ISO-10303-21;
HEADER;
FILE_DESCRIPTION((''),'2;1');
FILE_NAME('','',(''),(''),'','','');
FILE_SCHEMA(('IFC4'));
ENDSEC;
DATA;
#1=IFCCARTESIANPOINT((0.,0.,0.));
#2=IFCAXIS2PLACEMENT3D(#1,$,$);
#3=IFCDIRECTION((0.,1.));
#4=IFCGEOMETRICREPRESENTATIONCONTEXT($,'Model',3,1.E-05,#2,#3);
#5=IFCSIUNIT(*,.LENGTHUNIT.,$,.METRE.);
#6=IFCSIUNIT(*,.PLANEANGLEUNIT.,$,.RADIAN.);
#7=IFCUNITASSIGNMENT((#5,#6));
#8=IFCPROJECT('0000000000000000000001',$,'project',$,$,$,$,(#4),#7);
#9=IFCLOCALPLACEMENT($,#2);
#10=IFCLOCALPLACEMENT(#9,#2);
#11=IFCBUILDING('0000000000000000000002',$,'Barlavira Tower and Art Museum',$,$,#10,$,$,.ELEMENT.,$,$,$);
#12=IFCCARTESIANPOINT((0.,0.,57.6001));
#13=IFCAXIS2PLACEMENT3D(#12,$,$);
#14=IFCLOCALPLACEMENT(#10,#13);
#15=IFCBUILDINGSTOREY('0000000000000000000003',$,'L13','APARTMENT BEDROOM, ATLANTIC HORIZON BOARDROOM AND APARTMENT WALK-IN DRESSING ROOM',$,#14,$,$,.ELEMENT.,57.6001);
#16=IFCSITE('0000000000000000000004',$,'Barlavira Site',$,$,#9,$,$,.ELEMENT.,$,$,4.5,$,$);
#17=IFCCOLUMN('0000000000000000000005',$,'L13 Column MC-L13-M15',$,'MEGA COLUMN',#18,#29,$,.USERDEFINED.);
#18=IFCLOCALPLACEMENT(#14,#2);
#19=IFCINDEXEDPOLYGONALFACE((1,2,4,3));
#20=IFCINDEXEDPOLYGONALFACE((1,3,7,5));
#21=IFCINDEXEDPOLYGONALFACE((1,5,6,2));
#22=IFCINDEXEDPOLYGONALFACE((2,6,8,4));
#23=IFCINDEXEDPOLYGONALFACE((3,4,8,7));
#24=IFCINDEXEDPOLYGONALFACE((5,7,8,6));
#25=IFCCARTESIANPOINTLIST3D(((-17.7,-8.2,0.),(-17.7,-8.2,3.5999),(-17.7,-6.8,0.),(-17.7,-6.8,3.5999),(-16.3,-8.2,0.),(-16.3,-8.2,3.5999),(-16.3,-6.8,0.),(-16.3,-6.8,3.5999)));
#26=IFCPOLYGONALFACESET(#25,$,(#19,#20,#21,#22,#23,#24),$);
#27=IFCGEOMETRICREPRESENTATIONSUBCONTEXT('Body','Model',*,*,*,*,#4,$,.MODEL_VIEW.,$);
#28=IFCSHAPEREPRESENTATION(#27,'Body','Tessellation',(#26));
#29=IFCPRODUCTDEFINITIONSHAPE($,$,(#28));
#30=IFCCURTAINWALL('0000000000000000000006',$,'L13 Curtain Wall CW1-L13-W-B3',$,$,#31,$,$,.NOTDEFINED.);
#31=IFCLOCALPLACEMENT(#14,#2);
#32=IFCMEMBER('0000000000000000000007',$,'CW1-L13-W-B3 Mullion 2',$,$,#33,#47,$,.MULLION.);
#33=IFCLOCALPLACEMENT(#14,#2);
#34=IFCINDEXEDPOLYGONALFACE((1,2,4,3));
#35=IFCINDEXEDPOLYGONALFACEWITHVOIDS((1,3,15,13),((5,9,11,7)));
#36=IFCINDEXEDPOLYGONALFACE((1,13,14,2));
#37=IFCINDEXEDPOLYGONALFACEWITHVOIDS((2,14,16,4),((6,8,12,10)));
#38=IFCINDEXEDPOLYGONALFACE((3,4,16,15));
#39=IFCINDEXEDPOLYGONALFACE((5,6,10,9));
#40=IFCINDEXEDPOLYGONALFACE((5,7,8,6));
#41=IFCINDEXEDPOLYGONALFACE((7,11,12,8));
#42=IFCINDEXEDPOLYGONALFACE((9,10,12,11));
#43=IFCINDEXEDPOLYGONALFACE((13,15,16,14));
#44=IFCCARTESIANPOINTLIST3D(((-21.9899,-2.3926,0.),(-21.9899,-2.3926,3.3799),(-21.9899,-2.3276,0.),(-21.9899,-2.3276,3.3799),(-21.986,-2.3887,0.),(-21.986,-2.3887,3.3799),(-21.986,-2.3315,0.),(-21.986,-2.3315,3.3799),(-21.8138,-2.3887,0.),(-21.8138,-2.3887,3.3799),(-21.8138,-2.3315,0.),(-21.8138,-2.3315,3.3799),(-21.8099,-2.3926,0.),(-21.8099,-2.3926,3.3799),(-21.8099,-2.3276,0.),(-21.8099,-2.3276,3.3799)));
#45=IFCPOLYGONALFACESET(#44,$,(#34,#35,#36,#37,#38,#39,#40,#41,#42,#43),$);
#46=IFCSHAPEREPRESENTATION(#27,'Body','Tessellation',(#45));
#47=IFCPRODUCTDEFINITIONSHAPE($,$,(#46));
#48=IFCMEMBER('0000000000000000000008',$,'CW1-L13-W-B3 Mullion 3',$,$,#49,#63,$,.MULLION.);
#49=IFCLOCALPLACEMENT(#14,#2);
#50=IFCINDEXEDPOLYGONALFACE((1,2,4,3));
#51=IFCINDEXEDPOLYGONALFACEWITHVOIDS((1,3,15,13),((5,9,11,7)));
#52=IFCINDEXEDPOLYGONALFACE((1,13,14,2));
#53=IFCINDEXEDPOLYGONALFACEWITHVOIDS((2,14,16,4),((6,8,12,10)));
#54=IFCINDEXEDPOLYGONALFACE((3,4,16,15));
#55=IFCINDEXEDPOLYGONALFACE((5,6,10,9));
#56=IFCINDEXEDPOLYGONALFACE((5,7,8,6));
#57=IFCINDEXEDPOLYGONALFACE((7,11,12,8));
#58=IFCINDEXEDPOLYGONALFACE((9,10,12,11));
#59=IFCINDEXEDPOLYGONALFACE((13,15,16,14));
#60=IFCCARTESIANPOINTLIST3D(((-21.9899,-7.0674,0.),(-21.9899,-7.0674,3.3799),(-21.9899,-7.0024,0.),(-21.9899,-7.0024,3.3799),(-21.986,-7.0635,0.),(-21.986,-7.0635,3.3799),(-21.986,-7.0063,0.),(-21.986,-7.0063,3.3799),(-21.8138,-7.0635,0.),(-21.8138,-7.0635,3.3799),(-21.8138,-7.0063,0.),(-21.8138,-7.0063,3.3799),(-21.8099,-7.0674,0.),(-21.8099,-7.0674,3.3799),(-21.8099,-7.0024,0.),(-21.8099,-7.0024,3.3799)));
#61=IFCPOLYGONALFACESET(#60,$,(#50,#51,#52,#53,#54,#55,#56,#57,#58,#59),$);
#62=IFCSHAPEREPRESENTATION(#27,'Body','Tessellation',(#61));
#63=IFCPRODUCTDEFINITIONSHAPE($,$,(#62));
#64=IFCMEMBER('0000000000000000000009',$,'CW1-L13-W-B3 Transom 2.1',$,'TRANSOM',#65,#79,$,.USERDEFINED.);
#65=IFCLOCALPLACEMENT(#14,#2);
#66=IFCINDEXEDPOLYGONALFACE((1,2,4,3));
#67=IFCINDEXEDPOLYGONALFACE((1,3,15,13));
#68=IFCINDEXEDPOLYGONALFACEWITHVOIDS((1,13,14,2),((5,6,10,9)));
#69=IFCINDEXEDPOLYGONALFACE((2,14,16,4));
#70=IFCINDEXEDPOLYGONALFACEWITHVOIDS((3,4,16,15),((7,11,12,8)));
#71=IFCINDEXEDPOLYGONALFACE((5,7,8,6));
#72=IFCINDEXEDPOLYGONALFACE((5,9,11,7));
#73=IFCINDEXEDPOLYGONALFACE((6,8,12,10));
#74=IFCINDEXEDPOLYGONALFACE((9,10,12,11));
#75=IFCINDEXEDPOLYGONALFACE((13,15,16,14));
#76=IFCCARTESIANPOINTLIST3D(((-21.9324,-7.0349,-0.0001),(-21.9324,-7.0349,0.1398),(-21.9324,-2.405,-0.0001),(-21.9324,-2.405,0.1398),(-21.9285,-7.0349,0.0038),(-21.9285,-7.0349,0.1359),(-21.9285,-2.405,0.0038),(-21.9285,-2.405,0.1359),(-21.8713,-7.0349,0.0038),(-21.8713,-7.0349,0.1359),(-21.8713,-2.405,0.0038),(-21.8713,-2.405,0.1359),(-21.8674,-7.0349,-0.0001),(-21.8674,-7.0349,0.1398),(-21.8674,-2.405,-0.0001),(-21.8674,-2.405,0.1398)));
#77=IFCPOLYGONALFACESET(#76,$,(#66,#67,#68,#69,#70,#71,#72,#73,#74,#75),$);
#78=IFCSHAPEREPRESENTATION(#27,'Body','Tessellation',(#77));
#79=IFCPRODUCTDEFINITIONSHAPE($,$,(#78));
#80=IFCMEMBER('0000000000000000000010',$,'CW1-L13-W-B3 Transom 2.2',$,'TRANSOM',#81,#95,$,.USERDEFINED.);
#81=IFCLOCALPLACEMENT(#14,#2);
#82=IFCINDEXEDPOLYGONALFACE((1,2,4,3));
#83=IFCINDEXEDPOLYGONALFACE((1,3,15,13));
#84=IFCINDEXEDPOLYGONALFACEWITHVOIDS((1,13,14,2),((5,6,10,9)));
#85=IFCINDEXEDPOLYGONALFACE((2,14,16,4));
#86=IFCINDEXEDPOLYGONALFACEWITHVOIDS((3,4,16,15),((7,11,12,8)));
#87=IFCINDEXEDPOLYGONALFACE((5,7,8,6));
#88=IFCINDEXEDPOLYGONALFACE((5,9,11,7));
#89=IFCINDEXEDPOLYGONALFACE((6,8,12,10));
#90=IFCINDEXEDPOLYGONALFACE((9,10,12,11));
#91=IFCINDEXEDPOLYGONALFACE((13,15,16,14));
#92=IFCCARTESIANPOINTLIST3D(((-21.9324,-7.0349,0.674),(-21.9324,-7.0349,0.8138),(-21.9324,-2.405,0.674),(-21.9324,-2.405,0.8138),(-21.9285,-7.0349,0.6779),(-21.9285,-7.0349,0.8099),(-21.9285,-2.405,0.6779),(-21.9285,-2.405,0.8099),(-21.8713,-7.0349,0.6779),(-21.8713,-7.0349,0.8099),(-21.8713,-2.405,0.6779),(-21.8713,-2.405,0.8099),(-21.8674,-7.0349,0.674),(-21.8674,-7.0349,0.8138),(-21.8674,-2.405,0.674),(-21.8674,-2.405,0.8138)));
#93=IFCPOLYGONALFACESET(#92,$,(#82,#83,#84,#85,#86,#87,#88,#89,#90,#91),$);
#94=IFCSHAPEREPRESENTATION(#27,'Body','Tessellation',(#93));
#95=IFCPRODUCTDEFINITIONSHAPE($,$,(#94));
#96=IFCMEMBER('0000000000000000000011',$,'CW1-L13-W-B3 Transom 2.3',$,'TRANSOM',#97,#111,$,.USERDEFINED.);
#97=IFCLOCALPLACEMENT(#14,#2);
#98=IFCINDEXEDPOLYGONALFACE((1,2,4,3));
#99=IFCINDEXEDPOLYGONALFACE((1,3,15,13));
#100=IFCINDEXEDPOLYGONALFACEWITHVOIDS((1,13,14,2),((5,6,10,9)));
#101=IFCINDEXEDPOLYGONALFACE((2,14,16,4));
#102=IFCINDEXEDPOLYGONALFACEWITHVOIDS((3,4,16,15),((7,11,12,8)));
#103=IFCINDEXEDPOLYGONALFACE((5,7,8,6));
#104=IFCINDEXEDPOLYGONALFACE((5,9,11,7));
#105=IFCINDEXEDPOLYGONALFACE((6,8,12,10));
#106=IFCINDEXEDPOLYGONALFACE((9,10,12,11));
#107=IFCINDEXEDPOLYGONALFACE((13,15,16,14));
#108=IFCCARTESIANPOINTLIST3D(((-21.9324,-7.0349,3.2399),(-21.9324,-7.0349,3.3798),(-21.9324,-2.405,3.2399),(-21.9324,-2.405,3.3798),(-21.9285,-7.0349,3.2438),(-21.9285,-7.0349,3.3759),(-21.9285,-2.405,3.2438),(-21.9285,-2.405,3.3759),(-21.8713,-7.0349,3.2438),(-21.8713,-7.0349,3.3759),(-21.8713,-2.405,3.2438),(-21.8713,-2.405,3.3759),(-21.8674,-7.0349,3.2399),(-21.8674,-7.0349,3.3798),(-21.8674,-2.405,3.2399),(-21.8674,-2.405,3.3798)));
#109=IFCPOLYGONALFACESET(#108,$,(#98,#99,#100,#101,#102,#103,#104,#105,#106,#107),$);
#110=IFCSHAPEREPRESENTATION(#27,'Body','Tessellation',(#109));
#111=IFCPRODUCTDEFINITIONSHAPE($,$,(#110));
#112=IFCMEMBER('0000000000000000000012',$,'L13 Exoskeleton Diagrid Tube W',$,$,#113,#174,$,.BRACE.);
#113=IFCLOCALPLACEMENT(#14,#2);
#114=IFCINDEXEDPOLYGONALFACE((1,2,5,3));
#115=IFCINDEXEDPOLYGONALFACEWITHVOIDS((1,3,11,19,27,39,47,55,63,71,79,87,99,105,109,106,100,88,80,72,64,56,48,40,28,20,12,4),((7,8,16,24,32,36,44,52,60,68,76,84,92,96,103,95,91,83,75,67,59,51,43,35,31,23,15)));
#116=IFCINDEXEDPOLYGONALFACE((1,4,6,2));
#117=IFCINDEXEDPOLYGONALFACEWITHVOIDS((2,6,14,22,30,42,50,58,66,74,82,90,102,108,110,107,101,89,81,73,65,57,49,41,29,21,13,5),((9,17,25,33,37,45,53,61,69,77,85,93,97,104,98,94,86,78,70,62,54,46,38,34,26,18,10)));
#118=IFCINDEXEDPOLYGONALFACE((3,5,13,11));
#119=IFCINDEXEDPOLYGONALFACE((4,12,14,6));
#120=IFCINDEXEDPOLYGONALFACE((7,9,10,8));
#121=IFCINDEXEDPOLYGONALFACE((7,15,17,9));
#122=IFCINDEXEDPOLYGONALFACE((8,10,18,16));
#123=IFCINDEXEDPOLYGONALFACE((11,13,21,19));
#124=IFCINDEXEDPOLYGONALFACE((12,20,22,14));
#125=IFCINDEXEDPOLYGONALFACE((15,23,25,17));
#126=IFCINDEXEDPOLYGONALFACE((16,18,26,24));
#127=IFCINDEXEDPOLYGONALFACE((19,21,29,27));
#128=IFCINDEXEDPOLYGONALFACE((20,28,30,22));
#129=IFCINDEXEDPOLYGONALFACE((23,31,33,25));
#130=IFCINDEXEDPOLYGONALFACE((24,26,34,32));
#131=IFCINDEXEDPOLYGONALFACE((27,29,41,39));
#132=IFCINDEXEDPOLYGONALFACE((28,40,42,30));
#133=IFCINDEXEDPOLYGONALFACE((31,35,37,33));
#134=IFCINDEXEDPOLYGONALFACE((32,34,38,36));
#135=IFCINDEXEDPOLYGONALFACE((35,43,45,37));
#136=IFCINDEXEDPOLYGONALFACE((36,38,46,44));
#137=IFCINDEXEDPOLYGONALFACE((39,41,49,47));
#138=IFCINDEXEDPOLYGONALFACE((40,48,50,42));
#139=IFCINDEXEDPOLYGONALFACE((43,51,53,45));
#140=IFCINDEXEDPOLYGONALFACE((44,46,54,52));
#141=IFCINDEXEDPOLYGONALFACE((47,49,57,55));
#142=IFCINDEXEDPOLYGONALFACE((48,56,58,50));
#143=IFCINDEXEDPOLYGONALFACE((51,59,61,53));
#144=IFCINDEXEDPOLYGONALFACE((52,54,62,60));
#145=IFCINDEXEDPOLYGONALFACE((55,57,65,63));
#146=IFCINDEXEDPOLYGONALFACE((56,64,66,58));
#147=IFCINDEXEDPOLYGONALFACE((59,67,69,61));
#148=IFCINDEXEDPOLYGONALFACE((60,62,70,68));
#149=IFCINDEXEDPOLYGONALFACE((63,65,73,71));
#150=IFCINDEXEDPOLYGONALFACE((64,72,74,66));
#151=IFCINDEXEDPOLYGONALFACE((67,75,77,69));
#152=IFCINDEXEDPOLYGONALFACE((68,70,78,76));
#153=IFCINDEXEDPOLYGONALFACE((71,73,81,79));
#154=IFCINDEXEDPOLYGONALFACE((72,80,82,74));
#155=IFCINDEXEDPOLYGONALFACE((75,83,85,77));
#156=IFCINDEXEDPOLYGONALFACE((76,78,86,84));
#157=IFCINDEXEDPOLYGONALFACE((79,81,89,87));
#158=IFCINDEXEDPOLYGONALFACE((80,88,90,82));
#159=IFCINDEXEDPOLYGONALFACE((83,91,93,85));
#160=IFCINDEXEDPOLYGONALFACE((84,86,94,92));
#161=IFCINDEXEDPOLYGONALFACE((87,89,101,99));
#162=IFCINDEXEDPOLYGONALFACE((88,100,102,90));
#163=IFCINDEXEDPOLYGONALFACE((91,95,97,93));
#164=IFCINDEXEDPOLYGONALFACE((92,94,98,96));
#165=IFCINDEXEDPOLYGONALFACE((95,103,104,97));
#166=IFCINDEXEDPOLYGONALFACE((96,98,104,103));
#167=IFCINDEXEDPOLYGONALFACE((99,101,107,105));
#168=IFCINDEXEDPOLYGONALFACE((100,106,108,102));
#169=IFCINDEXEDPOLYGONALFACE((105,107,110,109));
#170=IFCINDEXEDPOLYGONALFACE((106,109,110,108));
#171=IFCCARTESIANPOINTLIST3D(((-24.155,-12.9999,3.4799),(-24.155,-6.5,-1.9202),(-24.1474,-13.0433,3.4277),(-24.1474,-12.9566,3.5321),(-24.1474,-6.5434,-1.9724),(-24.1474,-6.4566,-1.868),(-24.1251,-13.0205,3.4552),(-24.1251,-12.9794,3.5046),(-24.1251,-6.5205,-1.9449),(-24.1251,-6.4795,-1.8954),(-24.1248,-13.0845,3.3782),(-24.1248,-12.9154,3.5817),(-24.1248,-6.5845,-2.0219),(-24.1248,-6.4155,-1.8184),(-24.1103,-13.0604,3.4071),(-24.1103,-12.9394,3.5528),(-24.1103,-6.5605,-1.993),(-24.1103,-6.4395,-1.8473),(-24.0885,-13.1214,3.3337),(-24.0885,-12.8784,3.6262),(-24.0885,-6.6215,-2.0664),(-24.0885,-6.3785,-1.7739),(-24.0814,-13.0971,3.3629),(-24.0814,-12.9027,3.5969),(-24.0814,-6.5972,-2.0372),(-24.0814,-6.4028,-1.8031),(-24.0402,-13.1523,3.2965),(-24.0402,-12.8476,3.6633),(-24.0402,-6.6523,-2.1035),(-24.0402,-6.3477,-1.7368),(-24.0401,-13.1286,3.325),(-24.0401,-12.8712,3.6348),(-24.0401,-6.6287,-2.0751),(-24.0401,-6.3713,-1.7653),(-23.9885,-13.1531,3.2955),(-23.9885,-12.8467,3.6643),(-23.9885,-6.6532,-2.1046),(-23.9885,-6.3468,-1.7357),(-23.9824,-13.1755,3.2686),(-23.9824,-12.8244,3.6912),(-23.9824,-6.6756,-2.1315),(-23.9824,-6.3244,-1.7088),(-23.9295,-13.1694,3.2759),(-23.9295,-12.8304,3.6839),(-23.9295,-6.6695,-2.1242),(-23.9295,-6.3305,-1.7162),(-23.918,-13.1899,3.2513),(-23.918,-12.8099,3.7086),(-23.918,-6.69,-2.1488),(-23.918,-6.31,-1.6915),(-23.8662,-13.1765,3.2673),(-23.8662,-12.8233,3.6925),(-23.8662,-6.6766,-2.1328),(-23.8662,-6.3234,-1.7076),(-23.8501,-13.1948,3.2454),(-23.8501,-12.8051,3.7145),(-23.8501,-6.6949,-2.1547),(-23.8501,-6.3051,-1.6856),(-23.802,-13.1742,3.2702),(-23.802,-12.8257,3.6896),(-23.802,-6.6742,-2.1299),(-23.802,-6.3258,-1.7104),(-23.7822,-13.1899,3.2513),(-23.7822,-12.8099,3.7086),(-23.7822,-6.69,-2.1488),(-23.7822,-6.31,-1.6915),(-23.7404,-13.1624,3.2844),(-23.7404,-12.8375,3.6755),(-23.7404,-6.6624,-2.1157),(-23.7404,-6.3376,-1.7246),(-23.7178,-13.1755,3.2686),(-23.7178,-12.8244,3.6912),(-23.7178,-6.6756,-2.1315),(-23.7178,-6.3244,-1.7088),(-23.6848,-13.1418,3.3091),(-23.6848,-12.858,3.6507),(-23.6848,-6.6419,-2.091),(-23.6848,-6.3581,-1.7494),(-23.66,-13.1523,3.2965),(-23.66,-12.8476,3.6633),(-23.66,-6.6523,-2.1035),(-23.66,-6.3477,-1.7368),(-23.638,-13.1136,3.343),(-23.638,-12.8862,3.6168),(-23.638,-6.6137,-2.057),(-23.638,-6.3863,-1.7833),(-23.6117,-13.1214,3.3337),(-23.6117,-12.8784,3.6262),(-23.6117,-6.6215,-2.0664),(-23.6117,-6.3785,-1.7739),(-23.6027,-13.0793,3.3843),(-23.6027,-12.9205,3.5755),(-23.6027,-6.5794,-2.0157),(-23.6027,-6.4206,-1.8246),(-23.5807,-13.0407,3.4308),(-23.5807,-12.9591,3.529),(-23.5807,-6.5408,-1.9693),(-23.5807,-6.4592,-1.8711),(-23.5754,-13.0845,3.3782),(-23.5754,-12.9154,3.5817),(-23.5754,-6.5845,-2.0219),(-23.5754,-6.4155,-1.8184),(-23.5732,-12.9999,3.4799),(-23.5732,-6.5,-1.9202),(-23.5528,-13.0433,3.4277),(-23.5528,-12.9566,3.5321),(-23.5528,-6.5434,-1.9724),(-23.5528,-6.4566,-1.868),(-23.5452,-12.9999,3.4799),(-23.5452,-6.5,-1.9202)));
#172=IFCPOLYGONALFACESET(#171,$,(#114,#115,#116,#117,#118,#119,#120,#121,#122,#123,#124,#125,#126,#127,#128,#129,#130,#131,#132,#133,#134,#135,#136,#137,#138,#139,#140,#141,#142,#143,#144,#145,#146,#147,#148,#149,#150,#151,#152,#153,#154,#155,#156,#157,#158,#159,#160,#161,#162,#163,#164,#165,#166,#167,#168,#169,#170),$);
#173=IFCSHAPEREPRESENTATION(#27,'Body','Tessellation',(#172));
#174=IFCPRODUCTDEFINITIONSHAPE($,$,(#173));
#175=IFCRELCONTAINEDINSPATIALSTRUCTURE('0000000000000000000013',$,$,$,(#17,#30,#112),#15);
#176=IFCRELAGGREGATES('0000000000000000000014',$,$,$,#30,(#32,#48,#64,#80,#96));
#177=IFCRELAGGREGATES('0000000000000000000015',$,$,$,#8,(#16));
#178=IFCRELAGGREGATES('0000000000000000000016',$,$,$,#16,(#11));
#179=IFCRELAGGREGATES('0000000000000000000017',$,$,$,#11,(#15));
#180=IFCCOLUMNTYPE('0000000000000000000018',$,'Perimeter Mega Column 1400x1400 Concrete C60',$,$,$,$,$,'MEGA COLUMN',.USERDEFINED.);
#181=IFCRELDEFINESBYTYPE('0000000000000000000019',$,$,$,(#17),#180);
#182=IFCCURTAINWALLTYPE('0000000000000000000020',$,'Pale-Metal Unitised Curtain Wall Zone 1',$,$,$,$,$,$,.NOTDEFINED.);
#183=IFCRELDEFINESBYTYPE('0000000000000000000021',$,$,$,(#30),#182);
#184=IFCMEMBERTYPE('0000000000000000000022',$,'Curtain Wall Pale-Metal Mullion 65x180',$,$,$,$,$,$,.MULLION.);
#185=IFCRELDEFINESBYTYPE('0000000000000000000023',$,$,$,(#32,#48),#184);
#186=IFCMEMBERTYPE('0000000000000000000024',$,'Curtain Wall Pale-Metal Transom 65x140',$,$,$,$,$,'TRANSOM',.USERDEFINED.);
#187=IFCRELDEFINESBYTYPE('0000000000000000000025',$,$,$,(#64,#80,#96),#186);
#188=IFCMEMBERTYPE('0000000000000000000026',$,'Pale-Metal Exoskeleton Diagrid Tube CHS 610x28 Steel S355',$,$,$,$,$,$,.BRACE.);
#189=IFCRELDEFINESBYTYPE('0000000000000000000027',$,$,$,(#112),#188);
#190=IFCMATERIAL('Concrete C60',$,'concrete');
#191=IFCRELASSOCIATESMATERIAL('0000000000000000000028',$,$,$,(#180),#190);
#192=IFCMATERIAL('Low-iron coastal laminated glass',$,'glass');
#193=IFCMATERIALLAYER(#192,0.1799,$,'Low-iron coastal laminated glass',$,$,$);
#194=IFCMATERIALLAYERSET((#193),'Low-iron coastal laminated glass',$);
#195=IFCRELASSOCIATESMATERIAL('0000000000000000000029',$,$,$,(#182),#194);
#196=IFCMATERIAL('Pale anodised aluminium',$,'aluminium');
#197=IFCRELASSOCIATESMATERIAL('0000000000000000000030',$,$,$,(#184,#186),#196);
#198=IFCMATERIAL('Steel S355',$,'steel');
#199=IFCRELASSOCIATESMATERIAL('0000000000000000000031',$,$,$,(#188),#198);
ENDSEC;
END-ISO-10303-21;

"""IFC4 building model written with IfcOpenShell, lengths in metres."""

from ifc_helpers import new_model, si_unit, direction, frame, origin, origin_2d, place, context, subcontext, project, spatial, rectangle, hollow_rectangle, hollow_circle, extrude, material, layer, layer_set, material_profile, profile_set, type_object, element, aggregate, save


model = new_model("IFC4")

# Units and contexts
model_context = context("Model", 3, precision=1e-05, world=origin(), true_north=direction((0.0, 1.0)))
body_context = subcontext(model_context, "Body", "Model", "MODEL_VIEW")
ifc_project = project(units=[si_unit("LENGTHUNIT", "METRE"), si_unit("PLANEANGLEUNIT", "RADIAN")], contexts=[model_context])

# Site, building, storey
site_placement = place(None, origin())
site = spatial("IfcSite", under=ifc_project, at=site_placement, Name="Barlavira Site", CompositionType="ELEMENT", RefElevation=4.5)
building_placement = place(site_placement, origin())
building = spatial("IfcBuilding", under=site, at=building_placement, Name="Barlavira Tower and Art Museum", CompositionType="ELEMENT")
storey_placement = place(building_placement, frame((0.0, 0.0, 57.6001)))
storey = spatial("IfcBuildingStorey", under=building, at=storey_placement, Name="L13", Description="APARTMENT BEDROOM, ATLANTIC HORIZON BOARDROOM AND APARTMENT WALK-IN DRESSING ROOM", CompositionType="ELEMENT", Elevation=57.6001)

# Column
ifc_material_1 = material(Name="Concrete C60", Category="concrete")
ifc_material_profile_1 = material_profile(ifc_material_1, rectangle(XDim=1.3999, YDim=1.3999, at=origin_2d()), Name="RC-MCOL 1400x1400")
ifc_profile_set_1 = profile_set([ifc_material_profile_1], Name="Concrete C60")
column_type = type_object("IfcColumnType", Name="Perimeter Mega Column 1400x1400 Concrete C60", ElementType="MEGA COLUMN", PredefinedType="USERDEFINED", material=ifc_profile_set_1)
column_placement = place(storey_placement, frame((-17.0, -7.5, 0.0), z_axis=(0.0, 0.0, 1.0), x_axis=(1.0, 0.0, 0.0)))
element("IfcColumn", 1, at=column_placement, inside=storey, type_object=column_type, Name="L13 Column MC-L13-M15", ObjectType="MEGA COLUMN", PredefinedType="USERDEFINED", context=body_context, shape_type="SweptSolid", body=[
    extrude(rectangle(XDim=1.3999, YDim=1.3999, at=origin_2d()), origin(), (0.0, 0.0, 1.0), 3.5999),
])

# Curtain wall, members
ifc_material_2 = material(Name="Low-iron coastal laminated glass", Category="glass")
ifc_layer_1 = layer(ifc_material_2, 0.1799, Name="Low-iron coastal laminated glass")
ifc_layer_set_1 = layer_set([ifc_layer_1], Name="Low-iron coastal laminated glass")
curtain_wall_type = type_object("IfcCurtainWallType", Name="Pale-Metal Unitised Curtain Wall Zone 1", PredefinedType="NOTDEFINED", material=ifc_layer_set_1)
curtain_wall_placement = place(storey_placement, origin())
curtain_wall = element("IfcCurtainWall", 2, at=curtain_wall_placement, inside=storey, type_object=curtain_wall_type, Name="L13 Curtain Wall CW1-L13-W-B3", PredefinedType="NOTDEFINED")
ifc_material_3 = material(Name="Pale anodised aluminium", Category="aluminium")
ifc_material_profile_2 = material_profile(ifc_material_3, hollow_rectangle(XDim=0.0649, YDim=0.1799, WallThickness=0.0039, at=origin_2d()), Name="ALU-MULL 65x180x4")
ifc_profile_set_2 = profile_set([ifc_material_profile_2], Name="Pale anodised aluminium")
member_type_1 = type_object("IfcMemberType", Name="Curtain Wall Pale-Metal Mullion 65x180", PredefinedType="MULLION", material=ifc_profile_set_2)
member_1_placement = place(storey_placement, frame((-21.8999, -2.3601, 0.0), z_axis=(0.0, 0.0, 1.0), x_axis=(0.0, -1.0, 0.0)))
member_1 = element("IfcMember", 3, at=member_1_placement, type_object=member_type_1, Name="CW1-L13-W-B3 Mullion 2", PredefinedType="MULLION", context=body_context, shape_type="SweptSolid", body=[
    extrude(hollow_rectangle(XDim=0.0649, YDim=0.1799, WallThickness=0.0039, at=origin_2d()), origin(), (0.0, 0.0, 1.0), 3.3799),
])
member_2_placement = place(storey_placement, frame((-21.8999, -7.0349, 0.0), z_axis=(0.0, 0.0, 1.0), x_axis=(0.0, -1.0, 0.0)))
member_2 = element("IfcMember", 4, at=member_2_placement, type_object=member_type_1, Name="CW1-L13-W-B3 Mullion 3", PredefinedType="MULLION", context=body_context, shape_type="SweptSolid", body=[
    extrude(hollow_rectangle(XDim=0.0649, YDim=0.1799, WallThickness=0.0039, at=origin_2d()), origin(), (0.0, 0.0, 1.0), 3.3799),
])
ifc_material_profile_3 = material_profile(ifc_material_3, hollow_rectangle(XDim=0.0649, YDim=0.1399, WallThickness=0.0039, at=origin_2d()), Name="ALU-TRAN 65x140x4")
ifc_profile_set_3 = profile_set([ifc_material_profile_3], Name="Pale anodised aluminium")
member_type_2 = type_object("IfcMemberType", Name="Curtain Wall Pale-Metal Transom 65x140", ElementType="TRANSOM", PredefinedType="USERDEFINED", material=ifc_profile_set_3)
member_3_placement = place(storey_placement, frame((-21.8999, -2.405, 0.0698), z_axis=(0.0, -1.0, 0.0), x_axis=(1.0, 0.0, 0.0)))
member_3 = element("IfcMember", 5, at=member_3_placement, type_object=member_type_2, Name="CW1-L13-W-B3 Transom 2.1", ObjectType="TRANSOM", PredefinedType="USERDEFINED", context=body_context, shape_type="SweptSolid", body=[
    extrude(hollow_rectangle(XDim=0.0649, YDim=0.1399, WallThickness=0.0039, at=origin_2d()), origin(), (0.0, 0.0, 1.0), 4.6299),
])
member_4_placement = place(storey_placement, frame((-21.8999, -2.405, 0.7439), z_axis=(0.0, -1.0, 0.0), x_axis=(1.0, 0.0, 0.0)))
member_4 = element("IfcMember", 6, at=member_4_placement, type_object=member_type_2, Name="CW1-L13-W-B3 Transom 2.2", ObjectType="TRANSOM", PredefinedType="USERDEFINED", context=body_context, shape_type="SweptSolid", body=[
    extrude(hollow_rectangle(XDim=0.0649, YDim=0.1399, WallThickness=0.0039, at=origin_2d()), origin(), (0.0, 0.0, 1.0), 4.6299),
])
member_5_placement = place(storey_placement, frame((-21.8999, -2.405, 3.3098), z_axis=(0.0, -1.0, 0.0), x_axis=(1.0, 0.0, 0.0)))
member_5 = element("IfcMember", 7, at=member_5_placement, type_object=member_type_2, Name="CW1-L13-W-B3 Transom 2.3", ObjectType="TRANSOM", PredefinedType="USERDEFINED", context=body_context, shape_type="SweptSolid", body=[
    extrude(hollow_rectangle(XDim=0.0649, YDim=0.1399, WallThickness=0.0039, at=origin_2d()), origin(), (0.0, 0.0, 1.0), 4.6299),
])

# Member
ifc_material_4 = material(Name="Steel S355", Category="steel")
ifc_material_profile_4 = material_profile(ifc_material_4, hollow_circle(Radius=0.3049, WallThickness=0.0281, at=origin_2d()), Name="CHS 610.0x28.0")
ifc_profile_set_4 = profile_set([ifc_material_profile_4], Name="Steel S355")
member_type_3 = type_object("IfcMemberType", Name="Pale-Metal Exoskeleton Diagrid Tube CHS 610x28 Steel S355", PredefinedType="BRACE", material=ifc_profile_set_4)
for number, where, z_axis, x_axis, name in (
    (8, (-23.8501, -6.5, -1.9202), (0.0, -0.769182, 0.63903), (1.0, 0.0, 0.0), "L13 Exoskeleton Diagrid Tube W"),
):
    element("IfcMember", number, at=place(storey_placement, frame(where, z_axis=z_axis, x_axis=x_axis)), inside=storey, type_object=member_type_3, Name=name, PredefinedType="BRACE", context=body_context, shape_type="SweptSolid", body=[
        extrude(hollow_circle(Radius=0.3049, WallThickness=0.0281, at=origin_2d()), origin(), (0.0, 0.0, 1.0), 8.4504),
    ])

aggregate(curtain_wall, [member_1, member_2, member_3, member_4, member_5])

save(model, "model.ifc")
